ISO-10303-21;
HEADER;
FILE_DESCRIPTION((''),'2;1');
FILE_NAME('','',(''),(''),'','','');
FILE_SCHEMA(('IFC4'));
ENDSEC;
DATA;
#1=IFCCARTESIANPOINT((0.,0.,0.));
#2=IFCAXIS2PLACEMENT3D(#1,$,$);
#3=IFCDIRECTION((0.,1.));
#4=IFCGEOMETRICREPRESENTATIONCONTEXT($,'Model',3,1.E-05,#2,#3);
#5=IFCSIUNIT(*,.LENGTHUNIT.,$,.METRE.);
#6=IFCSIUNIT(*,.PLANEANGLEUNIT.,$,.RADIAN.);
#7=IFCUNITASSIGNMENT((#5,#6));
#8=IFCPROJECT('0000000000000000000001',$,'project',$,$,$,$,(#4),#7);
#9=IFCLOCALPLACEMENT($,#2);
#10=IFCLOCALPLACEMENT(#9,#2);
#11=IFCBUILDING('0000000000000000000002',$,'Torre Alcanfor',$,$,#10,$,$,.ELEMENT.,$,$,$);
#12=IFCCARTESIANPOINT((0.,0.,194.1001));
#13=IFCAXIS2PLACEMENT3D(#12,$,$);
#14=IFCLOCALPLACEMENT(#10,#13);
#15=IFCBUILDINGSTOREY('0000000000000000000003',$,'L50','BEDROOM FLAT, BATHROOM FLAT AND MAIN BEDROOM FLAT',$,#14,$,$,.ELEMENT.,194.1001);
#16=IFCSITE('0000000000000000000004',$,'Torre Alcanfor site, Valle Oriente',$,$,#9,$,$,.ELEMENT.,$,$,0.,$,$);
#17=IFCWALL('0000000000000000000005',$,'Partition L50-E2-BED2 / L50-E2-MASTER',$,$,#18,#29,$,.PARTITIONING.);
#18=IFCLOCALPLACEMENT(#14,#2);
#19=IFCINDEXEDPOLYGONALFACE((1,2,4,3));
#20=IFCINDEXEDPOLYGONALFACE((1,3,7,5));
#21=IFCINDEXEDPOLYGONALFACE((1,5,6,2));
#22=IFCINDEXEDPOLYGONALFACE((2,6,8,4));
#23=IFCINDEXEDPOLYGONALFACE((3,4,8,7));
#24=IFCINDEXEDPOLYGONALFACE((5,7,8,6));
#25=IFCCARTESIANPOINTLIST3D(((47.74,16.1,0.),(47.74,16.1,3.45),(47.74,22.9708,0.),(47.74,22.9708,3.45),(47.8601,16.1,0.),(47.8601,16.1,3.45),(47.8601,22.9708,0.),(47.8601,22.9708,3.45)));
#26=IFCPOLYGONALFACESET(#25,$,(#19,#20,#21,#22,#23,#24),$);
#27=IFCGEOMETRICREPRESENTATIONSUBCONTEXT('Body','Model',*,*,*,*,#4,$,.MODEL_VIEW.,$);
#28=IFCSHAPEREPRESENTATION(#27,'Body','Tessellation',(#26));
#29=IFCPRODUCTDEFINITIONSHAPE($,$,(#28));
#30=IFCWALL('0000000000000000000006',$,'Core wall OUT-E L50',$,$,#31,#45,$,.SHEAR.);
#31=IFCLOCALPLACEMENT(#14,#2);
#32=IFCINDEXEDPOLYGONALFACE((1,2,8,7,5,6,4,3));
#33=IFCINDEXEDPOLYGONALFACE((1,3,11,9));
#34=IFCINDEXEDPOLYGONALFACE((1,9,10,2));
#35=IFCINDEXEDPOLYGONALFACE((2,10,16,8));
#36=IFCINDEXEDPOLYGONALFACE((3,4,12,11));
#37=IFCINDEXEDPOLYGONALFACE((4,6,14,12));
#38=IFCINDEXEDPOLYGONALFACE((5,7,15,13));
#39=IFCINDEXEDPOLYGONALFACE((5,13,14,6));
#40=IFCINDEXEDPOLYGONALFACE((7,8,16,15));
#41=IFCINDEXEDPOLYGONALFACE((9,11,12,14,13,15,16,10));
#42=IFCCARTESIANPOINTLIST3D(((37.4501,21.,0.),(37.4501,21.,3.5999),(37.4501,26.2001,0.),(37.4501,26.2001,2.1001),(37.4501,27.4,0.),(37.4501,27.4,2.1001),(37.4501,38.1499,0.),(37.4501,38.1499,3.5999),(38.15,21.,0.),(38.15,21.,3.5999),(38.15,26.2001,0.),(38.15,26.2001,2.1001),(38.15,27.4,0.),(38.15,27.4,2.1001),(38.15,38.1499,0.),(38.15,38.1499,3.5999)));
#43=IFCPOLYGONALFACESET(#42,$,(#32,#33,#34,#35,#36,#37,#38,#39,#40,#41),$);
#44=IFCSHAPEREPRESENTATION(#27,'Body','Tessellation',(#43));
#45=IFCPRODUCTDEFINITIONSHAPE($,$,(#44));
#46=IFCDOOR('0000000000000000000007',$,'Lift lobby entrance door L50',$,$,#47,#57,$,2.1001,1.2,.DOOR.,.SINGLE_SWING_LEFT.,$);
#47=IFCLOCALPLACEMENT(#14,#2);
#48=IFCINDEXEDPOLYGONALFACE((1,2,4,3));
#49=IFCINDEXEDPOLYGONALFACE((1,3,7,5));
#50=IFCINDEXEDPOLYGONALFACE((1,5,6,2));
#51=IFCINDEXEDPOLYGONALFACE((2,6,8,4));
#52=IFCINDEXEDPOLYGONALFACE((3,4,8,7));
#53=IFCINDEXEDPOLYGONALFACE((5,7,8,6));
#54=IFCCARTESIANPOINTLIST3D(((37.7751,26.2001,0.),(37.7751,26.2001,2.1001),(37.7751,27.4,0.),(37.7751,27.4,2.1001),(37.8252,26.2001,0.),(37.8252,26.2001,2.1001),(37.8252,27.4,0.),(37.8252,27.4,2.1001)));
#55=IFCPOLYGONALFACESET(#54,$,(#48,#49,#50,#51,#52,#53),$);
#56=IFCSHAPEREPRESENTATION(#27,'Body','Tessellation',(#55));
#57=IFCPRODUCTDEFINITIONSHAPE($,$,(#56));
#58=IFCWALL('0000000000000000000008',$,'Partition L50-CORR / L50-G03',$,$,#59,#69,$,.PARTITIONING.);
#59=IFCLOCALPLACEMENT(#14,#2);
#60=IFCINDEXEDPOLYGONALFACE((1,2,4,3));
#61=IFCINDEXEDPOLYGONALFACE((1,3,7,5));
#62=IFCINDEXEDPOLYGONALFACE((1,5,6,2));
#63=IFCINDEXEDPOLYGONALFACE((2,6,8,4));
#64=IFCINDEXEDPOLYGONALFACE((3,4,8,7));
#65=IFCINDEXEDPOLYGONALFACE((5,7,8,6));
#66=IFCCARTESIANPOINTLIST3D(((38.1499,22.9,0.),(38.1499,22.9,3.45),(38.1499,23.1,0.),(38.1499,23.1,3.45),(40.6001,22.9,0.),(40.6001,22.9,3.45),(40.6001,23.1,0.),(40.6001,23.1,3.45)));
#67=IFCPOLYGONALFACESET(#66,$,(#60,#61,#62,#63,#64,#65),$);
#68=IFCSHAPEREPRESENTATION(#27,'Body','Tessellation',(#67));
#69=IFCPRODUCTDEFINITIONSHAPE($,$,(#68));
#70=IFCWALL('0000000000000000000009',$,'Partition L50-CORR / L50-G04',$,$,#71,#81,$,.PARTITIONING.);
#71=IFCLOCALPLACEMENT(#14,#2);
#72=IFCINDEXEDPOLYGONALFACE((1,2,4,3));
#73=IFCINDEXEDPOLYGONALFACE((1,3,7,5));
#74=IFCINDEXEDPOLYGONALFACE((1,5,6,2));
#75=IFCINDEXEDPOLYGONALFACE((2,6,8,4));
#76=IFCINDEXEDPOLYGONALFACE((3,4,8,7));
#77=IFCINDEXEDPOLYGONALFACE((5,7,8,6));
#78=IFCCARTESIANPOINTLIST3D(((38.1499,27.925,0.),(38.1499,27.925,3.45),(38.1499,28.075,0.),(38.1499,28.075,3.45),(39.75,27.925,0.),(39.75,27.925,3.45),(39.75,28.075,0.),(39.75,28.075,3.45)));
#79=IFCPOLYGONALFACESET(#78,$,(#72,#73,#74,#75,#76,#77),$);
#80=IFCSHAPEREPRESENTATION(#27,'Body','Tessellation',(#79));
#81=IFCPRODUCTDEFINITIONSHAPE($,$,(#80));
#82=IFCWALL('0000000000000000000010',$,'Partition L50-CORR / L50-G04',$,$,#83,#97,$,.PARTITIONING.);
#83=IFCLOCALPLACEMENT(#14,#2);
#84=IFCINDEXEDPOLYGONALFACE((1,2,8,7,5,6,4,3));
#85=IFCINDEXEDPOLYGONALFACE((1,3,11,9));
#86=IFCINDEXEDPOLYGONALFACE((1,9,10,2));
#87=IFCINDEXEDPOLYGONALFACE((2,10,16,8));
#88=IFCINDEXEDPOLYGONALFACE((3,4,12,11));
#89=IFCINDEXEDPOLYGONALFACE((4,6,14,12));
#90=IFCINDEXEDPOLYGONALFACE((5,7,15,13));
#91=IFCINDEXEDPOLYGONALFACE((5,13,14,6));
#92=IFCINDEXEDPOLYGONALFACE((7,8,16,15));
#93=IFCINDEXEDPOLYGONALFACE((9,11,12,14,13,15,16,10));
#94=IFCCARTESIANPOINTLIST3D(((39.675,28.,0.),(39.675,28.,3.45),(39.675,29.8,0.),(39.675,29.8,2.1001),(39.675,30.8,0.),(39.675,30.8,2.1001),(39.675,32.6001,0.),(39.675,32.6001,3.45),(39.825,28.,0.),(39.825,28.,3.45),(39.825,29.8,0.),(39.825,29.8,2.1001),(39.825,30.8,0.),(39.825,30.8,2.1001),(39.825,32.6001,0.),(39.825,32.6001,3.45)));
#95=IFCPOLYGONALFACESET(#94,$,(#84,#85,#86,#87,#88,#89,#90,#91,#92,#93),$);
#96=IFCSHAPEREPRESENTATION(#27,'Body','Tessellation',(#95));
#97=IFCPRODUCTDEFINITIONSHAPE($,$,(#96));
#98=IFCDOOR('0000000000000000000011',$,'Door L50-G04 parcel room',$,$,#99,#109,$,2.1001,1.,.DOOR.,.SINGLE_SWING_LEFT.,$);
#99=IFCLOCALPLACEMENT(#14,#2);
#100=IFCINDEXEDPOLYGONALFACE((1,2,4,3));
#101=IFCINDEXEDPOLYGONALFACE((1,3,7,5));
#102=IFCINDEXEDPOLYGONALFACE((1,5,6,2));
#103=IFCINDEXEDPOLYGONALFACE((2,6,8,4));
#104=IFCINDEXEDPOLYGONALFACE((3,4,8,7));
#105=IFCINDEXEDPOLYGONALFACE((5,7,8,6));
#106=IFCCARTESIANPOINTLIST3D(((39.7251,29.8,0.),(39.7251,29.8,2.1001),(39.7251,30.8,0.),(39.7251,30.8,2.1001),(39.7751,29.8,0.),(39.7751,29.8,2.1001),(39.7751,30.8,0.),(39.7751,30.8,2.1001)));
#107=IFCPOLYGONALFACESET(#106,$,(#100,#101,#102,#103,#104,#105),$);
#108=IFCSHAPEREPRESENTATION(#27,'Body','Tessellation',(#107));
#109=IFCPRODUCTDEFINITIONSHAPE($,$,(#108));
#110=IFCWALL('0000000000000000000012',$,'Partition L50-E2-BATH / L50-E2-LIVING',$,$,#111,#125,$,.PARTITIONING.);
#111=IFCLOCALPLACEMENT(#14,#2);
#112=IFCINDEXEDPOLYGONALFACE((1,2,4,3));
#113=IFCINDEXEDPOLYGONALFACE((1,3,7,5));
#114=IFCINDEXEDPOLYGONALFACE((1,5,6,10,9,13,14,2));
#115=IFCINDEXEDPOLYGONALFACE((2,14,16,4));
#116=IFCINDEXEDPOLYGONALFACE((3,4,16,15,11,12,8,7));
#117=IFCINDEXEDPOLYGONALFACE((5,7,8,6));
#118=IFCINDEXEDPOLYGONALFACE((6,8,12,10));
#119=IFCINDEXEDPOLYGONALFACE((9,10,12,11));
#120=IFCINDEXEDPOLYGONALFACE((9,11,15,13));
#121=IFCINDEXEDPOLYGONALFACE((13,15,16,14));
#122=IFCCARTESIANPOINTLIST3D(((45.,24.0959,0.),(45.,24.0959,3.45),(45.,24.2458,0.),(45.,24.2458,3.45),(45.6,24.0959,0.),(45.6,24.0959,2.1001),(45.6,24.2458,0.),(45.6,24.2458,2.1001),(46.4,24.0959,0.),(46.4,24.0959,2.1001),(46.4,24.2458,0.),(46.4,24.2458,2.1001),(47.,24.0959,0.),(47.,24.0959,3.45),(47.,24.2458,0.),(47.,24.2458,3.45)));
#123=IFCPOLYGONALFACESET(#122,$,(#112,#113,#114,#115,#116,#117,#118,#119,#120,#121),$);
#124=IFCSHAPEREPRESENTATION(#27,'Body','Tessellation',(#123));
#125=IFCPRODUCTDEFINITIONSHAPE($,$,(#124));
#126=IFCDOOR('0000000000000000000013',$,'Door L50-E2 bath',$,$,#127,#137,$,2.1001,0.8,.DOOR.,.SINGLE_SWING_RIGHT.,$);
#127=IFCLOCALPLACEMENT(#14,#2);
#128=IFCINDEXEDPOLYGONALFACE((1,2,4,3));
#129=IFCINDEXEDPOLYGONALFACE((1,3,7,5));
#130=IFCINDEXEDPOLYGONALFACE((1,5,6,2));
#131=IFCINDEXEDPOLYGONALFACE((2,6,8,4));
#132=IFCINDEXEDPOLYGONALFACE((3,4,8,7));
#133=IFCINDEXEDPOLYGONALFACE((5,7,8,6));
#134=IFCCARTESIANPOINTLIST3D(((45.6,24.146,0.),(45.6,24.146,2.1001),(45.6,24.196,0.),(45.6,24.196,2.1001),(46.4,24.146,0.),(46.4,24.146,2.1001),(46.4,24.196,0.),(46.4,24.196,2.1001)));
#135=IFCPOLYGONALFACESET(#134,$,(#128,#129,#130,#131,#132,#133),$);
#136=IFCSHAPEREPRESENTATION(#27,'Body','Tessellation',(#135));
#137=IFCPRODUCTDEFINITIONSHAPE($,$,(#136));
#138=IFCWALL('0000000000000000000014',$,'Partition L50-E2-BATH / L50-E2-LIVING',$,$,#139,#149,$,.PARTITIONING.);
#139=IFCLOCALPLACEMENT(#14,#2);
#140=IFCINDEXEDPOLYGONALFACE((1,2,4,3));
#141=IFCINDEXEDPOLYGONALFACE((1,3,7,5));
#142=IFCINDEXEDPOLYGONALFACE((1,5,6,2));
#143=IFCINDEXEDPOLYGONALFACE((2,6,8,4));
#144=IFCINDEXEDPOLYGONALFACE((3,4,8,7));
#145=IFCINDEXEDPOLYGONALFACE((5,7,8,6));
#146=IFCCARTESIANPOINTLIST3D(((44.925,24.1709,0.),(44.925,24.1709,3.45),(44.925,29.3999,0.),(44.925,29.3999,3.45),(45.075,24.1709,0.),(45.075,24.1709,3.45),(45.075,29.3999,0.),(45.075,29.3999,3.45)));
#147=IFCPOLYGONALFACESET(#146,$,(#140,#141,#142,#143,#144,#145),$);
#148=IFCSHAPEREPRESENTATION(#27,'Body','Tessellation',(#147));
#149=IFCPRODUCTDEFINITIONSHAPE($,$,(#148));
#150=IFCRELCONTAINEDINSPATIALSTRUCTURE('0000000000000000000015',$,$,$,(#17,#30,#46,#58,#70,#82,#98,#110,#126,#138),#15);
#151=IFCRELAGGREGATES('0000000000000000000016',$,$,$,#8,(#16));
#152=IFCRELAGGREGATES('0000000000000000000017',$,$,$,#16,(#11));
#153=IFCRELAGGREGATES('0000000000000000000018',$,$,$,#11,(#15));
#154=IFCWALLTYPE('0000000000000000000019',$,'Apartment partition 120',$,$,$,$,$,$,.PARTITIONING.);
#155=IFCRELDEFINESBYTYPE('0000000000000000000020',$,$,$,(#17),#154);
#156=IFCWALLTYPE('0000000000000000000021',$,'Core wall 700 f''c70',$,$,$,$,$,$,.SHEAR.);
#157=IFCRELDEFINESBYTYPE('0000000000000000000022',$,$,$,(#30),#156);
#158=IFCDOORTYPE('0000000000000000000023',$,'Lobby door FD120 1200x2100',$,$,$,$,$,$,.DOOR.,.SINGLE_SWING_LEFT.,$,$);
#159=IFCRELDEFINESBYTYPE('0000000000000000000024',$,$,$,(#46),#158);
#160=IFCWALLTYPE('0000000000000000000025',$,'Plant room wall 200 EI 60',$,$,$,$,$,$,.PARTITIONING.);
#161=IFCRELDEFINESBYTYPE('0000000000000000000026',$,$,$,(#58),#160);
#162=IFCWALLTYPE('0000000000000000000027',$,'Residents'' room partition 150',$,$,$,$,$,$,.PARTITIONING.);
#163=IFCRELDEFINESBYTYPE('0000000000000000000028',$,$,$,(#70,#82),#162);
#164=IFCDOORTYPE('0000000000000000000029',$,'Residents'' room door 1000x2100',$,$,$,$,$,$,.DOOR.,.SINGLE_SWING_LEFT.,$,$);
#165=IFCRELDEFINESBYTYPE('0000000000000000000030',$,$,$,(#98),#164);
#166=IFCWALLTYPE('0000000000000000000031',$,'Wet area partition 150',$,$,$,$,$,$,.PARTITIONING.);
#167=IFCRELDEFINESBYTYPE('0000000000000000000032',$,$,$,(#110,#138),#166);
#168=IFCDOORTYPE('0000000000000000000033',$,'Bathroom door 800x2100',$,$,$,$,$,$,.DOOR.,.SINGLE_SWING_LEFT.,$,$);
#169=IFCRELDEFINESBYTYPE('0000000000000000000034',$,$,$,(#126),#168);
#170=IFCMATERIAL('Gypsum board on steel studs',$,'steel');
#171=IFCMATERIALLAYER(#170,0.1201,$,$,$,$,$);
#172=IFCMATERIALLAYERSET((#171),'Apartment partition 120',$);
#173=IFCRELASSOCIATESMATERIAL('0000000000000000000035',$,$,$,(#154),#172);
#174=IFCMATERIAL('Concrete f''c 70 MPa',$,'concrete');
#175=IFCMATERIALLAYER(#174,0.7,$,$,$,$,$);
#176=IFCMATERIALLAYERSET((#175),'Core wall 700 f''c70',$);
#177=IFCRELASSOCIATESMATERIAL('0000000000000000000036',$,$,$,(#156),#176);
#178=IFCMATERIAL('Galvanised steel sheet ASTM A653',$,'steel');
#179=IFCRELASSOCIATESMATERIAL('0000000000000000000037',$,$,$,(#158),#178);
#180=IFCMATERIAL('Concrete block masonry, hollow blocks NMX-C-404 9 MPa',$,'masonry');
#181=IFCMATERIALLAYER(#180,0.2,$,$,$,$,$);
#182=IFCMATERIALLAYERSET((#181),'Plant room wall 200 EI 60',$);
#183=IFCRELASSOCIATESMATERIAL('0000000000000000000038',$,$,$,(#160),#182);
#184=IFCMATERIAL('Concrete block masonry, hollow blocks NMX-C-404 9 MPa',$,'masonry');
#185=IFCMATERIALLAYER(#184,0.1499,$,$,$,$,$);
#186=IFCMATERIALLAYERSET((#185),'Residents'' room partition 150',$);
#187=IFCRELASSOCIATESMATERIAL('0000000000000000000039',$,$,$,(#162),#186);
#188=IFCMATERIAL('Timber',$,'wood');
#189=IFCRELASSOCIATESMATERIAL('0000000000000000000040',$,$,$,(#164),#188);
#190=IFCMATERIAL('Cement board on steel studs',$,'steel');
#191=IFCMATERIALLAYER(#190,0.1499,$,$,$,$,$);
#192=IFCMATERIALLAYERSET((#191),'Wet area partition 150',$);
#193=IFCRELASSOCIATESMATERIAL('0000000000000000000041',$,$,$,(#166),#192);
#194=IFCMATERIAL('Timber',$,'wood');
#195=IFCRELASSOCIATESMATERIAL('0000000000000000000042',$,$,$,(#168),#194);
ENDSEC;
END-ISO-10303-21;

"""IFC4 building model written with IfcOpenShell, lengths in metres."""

from ifc_helpers import new_model, si_unit, direction, frame, frame_2d, origin, place, context, subcontext, project, spatial, rectangle, extrude, material, layer, layer_set, type_object, element, fill, save


model = new_model("IFC4")

# Units and contexts
model_context = context("Model", 3, precision=1e-05, world=origin(), true_north=direction((0.0, 1.0)))
body_context = subcontext(model_context, "Body", "Model", "MODEL_VIEW")
ifc_project = project(units=[si_unit("LENGTHUNIT", "METRE"), si_unit("PLANEANGLEUNIT", "RADIAN")], contexts=[model_context])

# Site, building, storey
site_placement = place(None, origin())
site = spatial("IfcSite", under=ifc_project, at=site_placement, Name="Torre Alcanfor site, Valle Oriente", CompositionType="ELEMENT", RefElevation=0.0)
building_placement = place(site_placement, origin())
building = spatial("IfcBuilding", under=site, at=building_placement, Name="Torre Alcanfor", CompositionType="ELEMENT")
storey_placement = place(building_placement, frame((0.0, 0.0, 194.1001)))
storey = spatial("IfcBuildingStorey", under=building, at=storey_placement, Name="L50", Description="BEDROOM FLAT, BATHROOM FLAT AND MAIN BEDROOM FLAT", CompositionType="ELEMENT", Elevation=194.1001)

# Shared definitions
ifc_material_1 = material(Name="Gypsum board on steel studs", Category="steel")
ifc_layer_1 = layer(ifc_material_1, 0.1201)
ifc_layer_set_1 = layer_set([ifc_layer_1], Name="Apartment partition 120")
wall_type_1 = type_object("IfcWallType", Name="Apartment partition 120", PredefinedType="PARTITIONING", material=ifc_layer_set_1)

# Wall
wall_1_placement = place(storey_placement, frame((47.8, 22.9709, 0.0), z_axis=(0.0, 0.0, 1.0), x_axis=(0.0, -1.0, 0.0)))
element("IfcWall", 1, at=wall_1_placement, inside=storey, type_object=wall_type_1, Name="Partition L50-E2-BED2 / L50-E2-MASTER", PredefinedType="PARTITIONING", context=body_context, shape_type="SweptSolid", body=[
    extrude(rectangle(XDim=6.8708, YDim=0.1201, at=frame_2d((3.4355, 0.0))), origin(), (0.0, 0.0, 1.0), 3.45),
])

# Wall, opening, door
ifc_material_2 = material(Name="Concrete f'c 70 MPa", Category="concrete")
ifc_layer_2 = layer(ifc_material_2, 0.7)
ifc_layer_set_2 = layer_set([ifc_layer_2], Name="Core wall 700 f'c70")
wall_type_2 = type_object("IfcWallType", Name="Core wall 700 f'c70", PredefinedType="SHEAR", material=ifc_layer_set_2)
wall_2_placement = place(storey_placement, frame((37.8, 21.0, 0.0), z_axis=(0.0, 0.0, 1.0), x_axis=(0.0, 1.0, 0.0)))
wall_2 = element("IfcWall", 2, at=wall_2_placement, inside=storey, type_object=wall_type_2, Name="Core wall OUT-E L50", PredefinedType="SHEAR", context=body_context, shape_type="SweptSolid", body=[
    extrude(rectangle(XDim=17.1499, YDim=0.7, at=frame_2d((8.575, 0.0))), origin(), (0.0, 0.0, 1.0), 3.5999),
])
opening_1_placement = place(wall_2_placement, frame((5.2, 0.0, 0.0)))
opening_1 = element("IfcOpeningElement", 3, at=opening_1_placement, cuts=wall_2, PredefinedType="OPENING", context=body_context, shape_type="SweptSolid", body=[
    extrude(rectangle(XDim=1.2, YDim=2.1001, at=frame_2d((0.6001, 1.05))), frame((0.0, 0.3599, 0.0), z_axis=(0.0, -1.0, 0.0), x_axis=(1.0, 0.0, 0.0)), (0.0, 0.0, 1.0), 0.72),
])
ifc_material_3 = material(Name="Galvanised steel sheet ASTM A653", Category="steel")
door_type_1 = type_object("IfcDoorType", Name="Lobby door FD120 1200x2100", OperationType="SINGLE_SWING_LEFT", PredefinedType="DOOR", material=ifc_material_3)
door_1_placement = place(opening_1_placement, origin())
door_1 = element("IfcDoor", 4, at=door_1_placement, inside=storey, type_object=door_type_1, Name="Lift lobby entrance door L50", OperationType="SINGLE_SWING_LEFT", OverallHeight=2.1001, OverallWidth=1.2, PredefinedType="DOOR", context=body_context, shape_type="SweptSolid", body=[
    extrude(rectangle(XDim=1.2, YDim=2.1001, at=frame_2d((0.6001, 1.05))), frame((0.0, 0.0249, 0.0), z_axis=(0.0, -1.0, 0.0), x_axis=(1.0, 0.0, 0.0)), (0.0, 0.0, 1.0), 0.05),
])
fill(opening_1, door_1)

# Walls
ifc_material_4 = material(Name="Concrete block masonry, hollow blocks NMX-C-404 9 MPa", Category="masonry")
ifc_layer_3 = layer(ifc_material_4, 0.2)
ifc_layer_set_3 = layer_set([ifc_layer_3], Name="Plant room wall 200 EI 60")
wall_type_3 = type_object("IfcWallType", Name="Plant room wall 200 EI 60", PredefinedType="PARTITIONING", material=ifc_layer_set_3)
wall_3_placement = place(storey_placement, frame((40.6001, 23.0, 0.0), z_axis=(0.0, 0.0, 1.0), x_axis=(-1.0, 0.0, 0.0)))
element("IfcWall", 5, at=wall_3_placement, inside=storey, type_object=wall_type_3, Name="Partition L50-CORR / L50-G03", PredefinedType="PARTITIONING", context=body_context, shape_type="SweptSolid", body=[
    extrude(rectangle(XDim=2.4502, YDim=0.2, at=frame_2d((1.2251, 0.0))), origin(), (0.0, 0.0, 1.0), 3.45),
])
ifc_material_5 = material(Name="Concrete block masonry, hollow blocks NMX-C-404 9 MPa", Category="masonry")
ifc_layer_4 = layer(ifc_material_5, 0.1499)
ifc_layer_set_4 = layer_set([ifc_layer_4], Name="Residents' room partition 150")
wall_type_4 = type_object("IfcWallType", Name="Residents' room partition 150", PredefinedType="PARTITIONING", material=ifc_layer_set_4)
wall_4_placement = place(storey_placement, frame((38.1499, 28.0, 0.0), z_axis=(0.0, 0.0, 1.0), x_axis=(1.0, 0.0, 0.0)))
element("IfcWall", 6, at=wall_4_placement, inside=storey, type_object=wall_type_4, Name="Partition L50-CORR / L50-G04", PredefinedType="PARTITIONING", context=body_context, shape_type="SweptSolid", body=[
    extrude(rectangle(XDim=1.6001, YDim=0.1499, at=frame_2d((0.8, 0.0))), origin(), (0.0, 0.0, 1.0), 3.45),
])

# Walls, openings, doors
wall_5_placement = place(storey_placement, frame((39.75, 28.0, 0.0), z_axis=(0.0, 0.0, 1.0), x_axis=(0.0, 1.0, 0.0)))
wall_5 = element("IfcWall", 7, at=wall_5_placement, inside=storey, type_object=wall_type_4, Name="Partition L50-CORR / L50-G04", PredefinedType="PARTITIONING", context=body_context, shape_type="SweptSolid", body=[
    extrude(rectangle(XDim=4.6001, YDim=0.1499, at=frame_2d((2.3, 0.0))), origin(), (0.0, 0.0, 1.0), 3.45),
])
opening_2_placement = place(wall_5_placement, frame((1.8, 0.0, 0.0)))
opening_2 = element("IfcOpeningElement", 8, at=opening_2_placement, cuts=wall_5, PredefinedType="OPENING", context=body_context, shape_type="SweptSolid", body=[
    extrude(rectangle(XDim=1.0, YDim=2.1001, at=frame_2d((0.5, 1.05))), frame((0.0, 0.085, 0.0), z_axis=(0.0, -1.0, 0.0), x_axis=(1.0, 0.0, 0.0)), (0.0, 0.0, 1.0), 0.1699),
])
ifc_material_6 = material(Name="Timber", Category="wood")
door_type_2 = type_object("IfcDoorType", Name="Residents' room door 1000x2100", OperationType="SINGLE_SWING_LEFT", PredefinedType="DOOR", material=ifc_material_6)
door_2_placement = place(opening_2_placement, origin())
door_2 = element("IfcDoor", 9, at=door_2_placement, inside=storey, type_object=door_type_2, Name="Door L50-G04 parcel room", OperationType="SINGLE_SWING_LEFT", OverallHeight=2.1001, OverallWidth=1.0, PredefinedType="DOOR", context=body_context, shape_type="SweptSolid", body=[
    extrude(rectangle(XDim=1.0, YDim=2.1001, at=frame_2d((0.5, 1.05))), frame((0.0, 0.0249, 0.0), z_axis=(0.0, -1.0, 0.0), x_axis=(1.0, 0.0, 0.0)), (0.0, 0.0, 1.0), 0.05),
])
fill(opening_2, door_2)
ifc_material_7 = material(Name="Cement board on steel studs", Category="steel")
ifc_layer_5 = layer(ifc_material_7, 0.1499)
ifc_layer_set_5 = layer_set([ifc_layer_5], Name="Wet area partition 150")
wall_type_5 = type_object("IfcWallType", Name="Wet area partition 150", PredefinedType="PARTITIONING", material=ifc_layer_set_5)
wall_6_placement = place(storey_placement, frame((47.0, 24.1709, 0.0), z_axis=(0.0, 0.0, 1.0), x_axis=(-1.0, 0.0, 0.0)))
wall_6 = element("IfcWall", 10, at=wall_6_placement, inside=storey, type_object=wall_type_5, Name="Partition L50-E2-BATH / L50-E2-LIVING", PredefinedType="PARTITIONING", context=body_context, shape_type="SweptSolid", body=[
    extrude(rectangle(XDim=2.0, YDim=0.1499, at=frame_2d((1.0, 0.0))), origin(), (0.0, 0.0, 1.0), 3.45),
])
opening_3_placement = place(wall_6_placement, frame((0.6001, 0.0, 0.0)))
opening_3 = element("IfcOpeningElement", 11, at=opening_3_placement, cuts=wall_6, PredefinedType="OPENING", context=body_context, shape_type="SweptSolid", body=[
    extrude(rectangle(XDim=0.8, YDim=2.1001, at=frame_2d((0.3999, 1.05))), frame((0.0, 0.085, 0.0), z_axis=(0.0, -1.0, 0.0), x_axis=(1.0, 0.0, 0.0)), (0.0, 0.0, 1.0), 0.1699),
])
ifc_material_8 = material(Name="Timber", Category="wood")
door_type_3 = type_object("IfcDoorType", Name="Bathroom door 800x2100", OperationType="SINGLE_SWING_LEFT", PredefinedType="DOOR", material=ifc_material_8)
door_3_placement = place(opening_3_placement, frame((0.8, 0.0, 0.0), z_axis=(0.0, 0.0, 1.0), x_axis=(-1.0, 0.0, 0.0)))
door_3 = element("IfcDoor", 12, at=door_3_placement, inside=storey, type_object=door_type_3, Name="Door L50-E2 bath", OperationType="SINGLE_SWING_RIGHT", OverallHeight=2.1001, OverallWidth=0.8, PredefinedType="DOOR", context=body_context, shape_type="SweptSolid", body=[
    extrude(rectangle(XDim=0.8, YDim=2.1001, at=frame_2d((0.4001, 1.05))), frame((0.0, 0.0251, 0.0), z_axis=(0.0, -1.0, 0.0), x_axis=(1.0, 0.0, 0.0)), (0.0, 0.0, 1.0), 0.05),
])
fill(opening_3, door_3)

# Wall
wall_7_placement = place(storey_placement, frame((45.0, 24.1709, 0.0), z_axis=(0.0, 0.0, 1.0), x_axis=(0.0, 1.0, 0.0)))
element("IfcWall", 13, at=wall_7_placement, inside=storey, type_object=wall_type_5, Name="Partition L50-E2-BATH / L50-E2-LIVING", PredefinedType="PARTITIONING", context=body_context, shape_type="SweptSolid", body=[
    extrude(rectangle(XDim=5.229, YDim=0.1499, at=frame_2d((2.6145, 0.0))), origin(), (0.0, 0.0, 1.0), 3.45),
])

save(model, "model.ifc")
